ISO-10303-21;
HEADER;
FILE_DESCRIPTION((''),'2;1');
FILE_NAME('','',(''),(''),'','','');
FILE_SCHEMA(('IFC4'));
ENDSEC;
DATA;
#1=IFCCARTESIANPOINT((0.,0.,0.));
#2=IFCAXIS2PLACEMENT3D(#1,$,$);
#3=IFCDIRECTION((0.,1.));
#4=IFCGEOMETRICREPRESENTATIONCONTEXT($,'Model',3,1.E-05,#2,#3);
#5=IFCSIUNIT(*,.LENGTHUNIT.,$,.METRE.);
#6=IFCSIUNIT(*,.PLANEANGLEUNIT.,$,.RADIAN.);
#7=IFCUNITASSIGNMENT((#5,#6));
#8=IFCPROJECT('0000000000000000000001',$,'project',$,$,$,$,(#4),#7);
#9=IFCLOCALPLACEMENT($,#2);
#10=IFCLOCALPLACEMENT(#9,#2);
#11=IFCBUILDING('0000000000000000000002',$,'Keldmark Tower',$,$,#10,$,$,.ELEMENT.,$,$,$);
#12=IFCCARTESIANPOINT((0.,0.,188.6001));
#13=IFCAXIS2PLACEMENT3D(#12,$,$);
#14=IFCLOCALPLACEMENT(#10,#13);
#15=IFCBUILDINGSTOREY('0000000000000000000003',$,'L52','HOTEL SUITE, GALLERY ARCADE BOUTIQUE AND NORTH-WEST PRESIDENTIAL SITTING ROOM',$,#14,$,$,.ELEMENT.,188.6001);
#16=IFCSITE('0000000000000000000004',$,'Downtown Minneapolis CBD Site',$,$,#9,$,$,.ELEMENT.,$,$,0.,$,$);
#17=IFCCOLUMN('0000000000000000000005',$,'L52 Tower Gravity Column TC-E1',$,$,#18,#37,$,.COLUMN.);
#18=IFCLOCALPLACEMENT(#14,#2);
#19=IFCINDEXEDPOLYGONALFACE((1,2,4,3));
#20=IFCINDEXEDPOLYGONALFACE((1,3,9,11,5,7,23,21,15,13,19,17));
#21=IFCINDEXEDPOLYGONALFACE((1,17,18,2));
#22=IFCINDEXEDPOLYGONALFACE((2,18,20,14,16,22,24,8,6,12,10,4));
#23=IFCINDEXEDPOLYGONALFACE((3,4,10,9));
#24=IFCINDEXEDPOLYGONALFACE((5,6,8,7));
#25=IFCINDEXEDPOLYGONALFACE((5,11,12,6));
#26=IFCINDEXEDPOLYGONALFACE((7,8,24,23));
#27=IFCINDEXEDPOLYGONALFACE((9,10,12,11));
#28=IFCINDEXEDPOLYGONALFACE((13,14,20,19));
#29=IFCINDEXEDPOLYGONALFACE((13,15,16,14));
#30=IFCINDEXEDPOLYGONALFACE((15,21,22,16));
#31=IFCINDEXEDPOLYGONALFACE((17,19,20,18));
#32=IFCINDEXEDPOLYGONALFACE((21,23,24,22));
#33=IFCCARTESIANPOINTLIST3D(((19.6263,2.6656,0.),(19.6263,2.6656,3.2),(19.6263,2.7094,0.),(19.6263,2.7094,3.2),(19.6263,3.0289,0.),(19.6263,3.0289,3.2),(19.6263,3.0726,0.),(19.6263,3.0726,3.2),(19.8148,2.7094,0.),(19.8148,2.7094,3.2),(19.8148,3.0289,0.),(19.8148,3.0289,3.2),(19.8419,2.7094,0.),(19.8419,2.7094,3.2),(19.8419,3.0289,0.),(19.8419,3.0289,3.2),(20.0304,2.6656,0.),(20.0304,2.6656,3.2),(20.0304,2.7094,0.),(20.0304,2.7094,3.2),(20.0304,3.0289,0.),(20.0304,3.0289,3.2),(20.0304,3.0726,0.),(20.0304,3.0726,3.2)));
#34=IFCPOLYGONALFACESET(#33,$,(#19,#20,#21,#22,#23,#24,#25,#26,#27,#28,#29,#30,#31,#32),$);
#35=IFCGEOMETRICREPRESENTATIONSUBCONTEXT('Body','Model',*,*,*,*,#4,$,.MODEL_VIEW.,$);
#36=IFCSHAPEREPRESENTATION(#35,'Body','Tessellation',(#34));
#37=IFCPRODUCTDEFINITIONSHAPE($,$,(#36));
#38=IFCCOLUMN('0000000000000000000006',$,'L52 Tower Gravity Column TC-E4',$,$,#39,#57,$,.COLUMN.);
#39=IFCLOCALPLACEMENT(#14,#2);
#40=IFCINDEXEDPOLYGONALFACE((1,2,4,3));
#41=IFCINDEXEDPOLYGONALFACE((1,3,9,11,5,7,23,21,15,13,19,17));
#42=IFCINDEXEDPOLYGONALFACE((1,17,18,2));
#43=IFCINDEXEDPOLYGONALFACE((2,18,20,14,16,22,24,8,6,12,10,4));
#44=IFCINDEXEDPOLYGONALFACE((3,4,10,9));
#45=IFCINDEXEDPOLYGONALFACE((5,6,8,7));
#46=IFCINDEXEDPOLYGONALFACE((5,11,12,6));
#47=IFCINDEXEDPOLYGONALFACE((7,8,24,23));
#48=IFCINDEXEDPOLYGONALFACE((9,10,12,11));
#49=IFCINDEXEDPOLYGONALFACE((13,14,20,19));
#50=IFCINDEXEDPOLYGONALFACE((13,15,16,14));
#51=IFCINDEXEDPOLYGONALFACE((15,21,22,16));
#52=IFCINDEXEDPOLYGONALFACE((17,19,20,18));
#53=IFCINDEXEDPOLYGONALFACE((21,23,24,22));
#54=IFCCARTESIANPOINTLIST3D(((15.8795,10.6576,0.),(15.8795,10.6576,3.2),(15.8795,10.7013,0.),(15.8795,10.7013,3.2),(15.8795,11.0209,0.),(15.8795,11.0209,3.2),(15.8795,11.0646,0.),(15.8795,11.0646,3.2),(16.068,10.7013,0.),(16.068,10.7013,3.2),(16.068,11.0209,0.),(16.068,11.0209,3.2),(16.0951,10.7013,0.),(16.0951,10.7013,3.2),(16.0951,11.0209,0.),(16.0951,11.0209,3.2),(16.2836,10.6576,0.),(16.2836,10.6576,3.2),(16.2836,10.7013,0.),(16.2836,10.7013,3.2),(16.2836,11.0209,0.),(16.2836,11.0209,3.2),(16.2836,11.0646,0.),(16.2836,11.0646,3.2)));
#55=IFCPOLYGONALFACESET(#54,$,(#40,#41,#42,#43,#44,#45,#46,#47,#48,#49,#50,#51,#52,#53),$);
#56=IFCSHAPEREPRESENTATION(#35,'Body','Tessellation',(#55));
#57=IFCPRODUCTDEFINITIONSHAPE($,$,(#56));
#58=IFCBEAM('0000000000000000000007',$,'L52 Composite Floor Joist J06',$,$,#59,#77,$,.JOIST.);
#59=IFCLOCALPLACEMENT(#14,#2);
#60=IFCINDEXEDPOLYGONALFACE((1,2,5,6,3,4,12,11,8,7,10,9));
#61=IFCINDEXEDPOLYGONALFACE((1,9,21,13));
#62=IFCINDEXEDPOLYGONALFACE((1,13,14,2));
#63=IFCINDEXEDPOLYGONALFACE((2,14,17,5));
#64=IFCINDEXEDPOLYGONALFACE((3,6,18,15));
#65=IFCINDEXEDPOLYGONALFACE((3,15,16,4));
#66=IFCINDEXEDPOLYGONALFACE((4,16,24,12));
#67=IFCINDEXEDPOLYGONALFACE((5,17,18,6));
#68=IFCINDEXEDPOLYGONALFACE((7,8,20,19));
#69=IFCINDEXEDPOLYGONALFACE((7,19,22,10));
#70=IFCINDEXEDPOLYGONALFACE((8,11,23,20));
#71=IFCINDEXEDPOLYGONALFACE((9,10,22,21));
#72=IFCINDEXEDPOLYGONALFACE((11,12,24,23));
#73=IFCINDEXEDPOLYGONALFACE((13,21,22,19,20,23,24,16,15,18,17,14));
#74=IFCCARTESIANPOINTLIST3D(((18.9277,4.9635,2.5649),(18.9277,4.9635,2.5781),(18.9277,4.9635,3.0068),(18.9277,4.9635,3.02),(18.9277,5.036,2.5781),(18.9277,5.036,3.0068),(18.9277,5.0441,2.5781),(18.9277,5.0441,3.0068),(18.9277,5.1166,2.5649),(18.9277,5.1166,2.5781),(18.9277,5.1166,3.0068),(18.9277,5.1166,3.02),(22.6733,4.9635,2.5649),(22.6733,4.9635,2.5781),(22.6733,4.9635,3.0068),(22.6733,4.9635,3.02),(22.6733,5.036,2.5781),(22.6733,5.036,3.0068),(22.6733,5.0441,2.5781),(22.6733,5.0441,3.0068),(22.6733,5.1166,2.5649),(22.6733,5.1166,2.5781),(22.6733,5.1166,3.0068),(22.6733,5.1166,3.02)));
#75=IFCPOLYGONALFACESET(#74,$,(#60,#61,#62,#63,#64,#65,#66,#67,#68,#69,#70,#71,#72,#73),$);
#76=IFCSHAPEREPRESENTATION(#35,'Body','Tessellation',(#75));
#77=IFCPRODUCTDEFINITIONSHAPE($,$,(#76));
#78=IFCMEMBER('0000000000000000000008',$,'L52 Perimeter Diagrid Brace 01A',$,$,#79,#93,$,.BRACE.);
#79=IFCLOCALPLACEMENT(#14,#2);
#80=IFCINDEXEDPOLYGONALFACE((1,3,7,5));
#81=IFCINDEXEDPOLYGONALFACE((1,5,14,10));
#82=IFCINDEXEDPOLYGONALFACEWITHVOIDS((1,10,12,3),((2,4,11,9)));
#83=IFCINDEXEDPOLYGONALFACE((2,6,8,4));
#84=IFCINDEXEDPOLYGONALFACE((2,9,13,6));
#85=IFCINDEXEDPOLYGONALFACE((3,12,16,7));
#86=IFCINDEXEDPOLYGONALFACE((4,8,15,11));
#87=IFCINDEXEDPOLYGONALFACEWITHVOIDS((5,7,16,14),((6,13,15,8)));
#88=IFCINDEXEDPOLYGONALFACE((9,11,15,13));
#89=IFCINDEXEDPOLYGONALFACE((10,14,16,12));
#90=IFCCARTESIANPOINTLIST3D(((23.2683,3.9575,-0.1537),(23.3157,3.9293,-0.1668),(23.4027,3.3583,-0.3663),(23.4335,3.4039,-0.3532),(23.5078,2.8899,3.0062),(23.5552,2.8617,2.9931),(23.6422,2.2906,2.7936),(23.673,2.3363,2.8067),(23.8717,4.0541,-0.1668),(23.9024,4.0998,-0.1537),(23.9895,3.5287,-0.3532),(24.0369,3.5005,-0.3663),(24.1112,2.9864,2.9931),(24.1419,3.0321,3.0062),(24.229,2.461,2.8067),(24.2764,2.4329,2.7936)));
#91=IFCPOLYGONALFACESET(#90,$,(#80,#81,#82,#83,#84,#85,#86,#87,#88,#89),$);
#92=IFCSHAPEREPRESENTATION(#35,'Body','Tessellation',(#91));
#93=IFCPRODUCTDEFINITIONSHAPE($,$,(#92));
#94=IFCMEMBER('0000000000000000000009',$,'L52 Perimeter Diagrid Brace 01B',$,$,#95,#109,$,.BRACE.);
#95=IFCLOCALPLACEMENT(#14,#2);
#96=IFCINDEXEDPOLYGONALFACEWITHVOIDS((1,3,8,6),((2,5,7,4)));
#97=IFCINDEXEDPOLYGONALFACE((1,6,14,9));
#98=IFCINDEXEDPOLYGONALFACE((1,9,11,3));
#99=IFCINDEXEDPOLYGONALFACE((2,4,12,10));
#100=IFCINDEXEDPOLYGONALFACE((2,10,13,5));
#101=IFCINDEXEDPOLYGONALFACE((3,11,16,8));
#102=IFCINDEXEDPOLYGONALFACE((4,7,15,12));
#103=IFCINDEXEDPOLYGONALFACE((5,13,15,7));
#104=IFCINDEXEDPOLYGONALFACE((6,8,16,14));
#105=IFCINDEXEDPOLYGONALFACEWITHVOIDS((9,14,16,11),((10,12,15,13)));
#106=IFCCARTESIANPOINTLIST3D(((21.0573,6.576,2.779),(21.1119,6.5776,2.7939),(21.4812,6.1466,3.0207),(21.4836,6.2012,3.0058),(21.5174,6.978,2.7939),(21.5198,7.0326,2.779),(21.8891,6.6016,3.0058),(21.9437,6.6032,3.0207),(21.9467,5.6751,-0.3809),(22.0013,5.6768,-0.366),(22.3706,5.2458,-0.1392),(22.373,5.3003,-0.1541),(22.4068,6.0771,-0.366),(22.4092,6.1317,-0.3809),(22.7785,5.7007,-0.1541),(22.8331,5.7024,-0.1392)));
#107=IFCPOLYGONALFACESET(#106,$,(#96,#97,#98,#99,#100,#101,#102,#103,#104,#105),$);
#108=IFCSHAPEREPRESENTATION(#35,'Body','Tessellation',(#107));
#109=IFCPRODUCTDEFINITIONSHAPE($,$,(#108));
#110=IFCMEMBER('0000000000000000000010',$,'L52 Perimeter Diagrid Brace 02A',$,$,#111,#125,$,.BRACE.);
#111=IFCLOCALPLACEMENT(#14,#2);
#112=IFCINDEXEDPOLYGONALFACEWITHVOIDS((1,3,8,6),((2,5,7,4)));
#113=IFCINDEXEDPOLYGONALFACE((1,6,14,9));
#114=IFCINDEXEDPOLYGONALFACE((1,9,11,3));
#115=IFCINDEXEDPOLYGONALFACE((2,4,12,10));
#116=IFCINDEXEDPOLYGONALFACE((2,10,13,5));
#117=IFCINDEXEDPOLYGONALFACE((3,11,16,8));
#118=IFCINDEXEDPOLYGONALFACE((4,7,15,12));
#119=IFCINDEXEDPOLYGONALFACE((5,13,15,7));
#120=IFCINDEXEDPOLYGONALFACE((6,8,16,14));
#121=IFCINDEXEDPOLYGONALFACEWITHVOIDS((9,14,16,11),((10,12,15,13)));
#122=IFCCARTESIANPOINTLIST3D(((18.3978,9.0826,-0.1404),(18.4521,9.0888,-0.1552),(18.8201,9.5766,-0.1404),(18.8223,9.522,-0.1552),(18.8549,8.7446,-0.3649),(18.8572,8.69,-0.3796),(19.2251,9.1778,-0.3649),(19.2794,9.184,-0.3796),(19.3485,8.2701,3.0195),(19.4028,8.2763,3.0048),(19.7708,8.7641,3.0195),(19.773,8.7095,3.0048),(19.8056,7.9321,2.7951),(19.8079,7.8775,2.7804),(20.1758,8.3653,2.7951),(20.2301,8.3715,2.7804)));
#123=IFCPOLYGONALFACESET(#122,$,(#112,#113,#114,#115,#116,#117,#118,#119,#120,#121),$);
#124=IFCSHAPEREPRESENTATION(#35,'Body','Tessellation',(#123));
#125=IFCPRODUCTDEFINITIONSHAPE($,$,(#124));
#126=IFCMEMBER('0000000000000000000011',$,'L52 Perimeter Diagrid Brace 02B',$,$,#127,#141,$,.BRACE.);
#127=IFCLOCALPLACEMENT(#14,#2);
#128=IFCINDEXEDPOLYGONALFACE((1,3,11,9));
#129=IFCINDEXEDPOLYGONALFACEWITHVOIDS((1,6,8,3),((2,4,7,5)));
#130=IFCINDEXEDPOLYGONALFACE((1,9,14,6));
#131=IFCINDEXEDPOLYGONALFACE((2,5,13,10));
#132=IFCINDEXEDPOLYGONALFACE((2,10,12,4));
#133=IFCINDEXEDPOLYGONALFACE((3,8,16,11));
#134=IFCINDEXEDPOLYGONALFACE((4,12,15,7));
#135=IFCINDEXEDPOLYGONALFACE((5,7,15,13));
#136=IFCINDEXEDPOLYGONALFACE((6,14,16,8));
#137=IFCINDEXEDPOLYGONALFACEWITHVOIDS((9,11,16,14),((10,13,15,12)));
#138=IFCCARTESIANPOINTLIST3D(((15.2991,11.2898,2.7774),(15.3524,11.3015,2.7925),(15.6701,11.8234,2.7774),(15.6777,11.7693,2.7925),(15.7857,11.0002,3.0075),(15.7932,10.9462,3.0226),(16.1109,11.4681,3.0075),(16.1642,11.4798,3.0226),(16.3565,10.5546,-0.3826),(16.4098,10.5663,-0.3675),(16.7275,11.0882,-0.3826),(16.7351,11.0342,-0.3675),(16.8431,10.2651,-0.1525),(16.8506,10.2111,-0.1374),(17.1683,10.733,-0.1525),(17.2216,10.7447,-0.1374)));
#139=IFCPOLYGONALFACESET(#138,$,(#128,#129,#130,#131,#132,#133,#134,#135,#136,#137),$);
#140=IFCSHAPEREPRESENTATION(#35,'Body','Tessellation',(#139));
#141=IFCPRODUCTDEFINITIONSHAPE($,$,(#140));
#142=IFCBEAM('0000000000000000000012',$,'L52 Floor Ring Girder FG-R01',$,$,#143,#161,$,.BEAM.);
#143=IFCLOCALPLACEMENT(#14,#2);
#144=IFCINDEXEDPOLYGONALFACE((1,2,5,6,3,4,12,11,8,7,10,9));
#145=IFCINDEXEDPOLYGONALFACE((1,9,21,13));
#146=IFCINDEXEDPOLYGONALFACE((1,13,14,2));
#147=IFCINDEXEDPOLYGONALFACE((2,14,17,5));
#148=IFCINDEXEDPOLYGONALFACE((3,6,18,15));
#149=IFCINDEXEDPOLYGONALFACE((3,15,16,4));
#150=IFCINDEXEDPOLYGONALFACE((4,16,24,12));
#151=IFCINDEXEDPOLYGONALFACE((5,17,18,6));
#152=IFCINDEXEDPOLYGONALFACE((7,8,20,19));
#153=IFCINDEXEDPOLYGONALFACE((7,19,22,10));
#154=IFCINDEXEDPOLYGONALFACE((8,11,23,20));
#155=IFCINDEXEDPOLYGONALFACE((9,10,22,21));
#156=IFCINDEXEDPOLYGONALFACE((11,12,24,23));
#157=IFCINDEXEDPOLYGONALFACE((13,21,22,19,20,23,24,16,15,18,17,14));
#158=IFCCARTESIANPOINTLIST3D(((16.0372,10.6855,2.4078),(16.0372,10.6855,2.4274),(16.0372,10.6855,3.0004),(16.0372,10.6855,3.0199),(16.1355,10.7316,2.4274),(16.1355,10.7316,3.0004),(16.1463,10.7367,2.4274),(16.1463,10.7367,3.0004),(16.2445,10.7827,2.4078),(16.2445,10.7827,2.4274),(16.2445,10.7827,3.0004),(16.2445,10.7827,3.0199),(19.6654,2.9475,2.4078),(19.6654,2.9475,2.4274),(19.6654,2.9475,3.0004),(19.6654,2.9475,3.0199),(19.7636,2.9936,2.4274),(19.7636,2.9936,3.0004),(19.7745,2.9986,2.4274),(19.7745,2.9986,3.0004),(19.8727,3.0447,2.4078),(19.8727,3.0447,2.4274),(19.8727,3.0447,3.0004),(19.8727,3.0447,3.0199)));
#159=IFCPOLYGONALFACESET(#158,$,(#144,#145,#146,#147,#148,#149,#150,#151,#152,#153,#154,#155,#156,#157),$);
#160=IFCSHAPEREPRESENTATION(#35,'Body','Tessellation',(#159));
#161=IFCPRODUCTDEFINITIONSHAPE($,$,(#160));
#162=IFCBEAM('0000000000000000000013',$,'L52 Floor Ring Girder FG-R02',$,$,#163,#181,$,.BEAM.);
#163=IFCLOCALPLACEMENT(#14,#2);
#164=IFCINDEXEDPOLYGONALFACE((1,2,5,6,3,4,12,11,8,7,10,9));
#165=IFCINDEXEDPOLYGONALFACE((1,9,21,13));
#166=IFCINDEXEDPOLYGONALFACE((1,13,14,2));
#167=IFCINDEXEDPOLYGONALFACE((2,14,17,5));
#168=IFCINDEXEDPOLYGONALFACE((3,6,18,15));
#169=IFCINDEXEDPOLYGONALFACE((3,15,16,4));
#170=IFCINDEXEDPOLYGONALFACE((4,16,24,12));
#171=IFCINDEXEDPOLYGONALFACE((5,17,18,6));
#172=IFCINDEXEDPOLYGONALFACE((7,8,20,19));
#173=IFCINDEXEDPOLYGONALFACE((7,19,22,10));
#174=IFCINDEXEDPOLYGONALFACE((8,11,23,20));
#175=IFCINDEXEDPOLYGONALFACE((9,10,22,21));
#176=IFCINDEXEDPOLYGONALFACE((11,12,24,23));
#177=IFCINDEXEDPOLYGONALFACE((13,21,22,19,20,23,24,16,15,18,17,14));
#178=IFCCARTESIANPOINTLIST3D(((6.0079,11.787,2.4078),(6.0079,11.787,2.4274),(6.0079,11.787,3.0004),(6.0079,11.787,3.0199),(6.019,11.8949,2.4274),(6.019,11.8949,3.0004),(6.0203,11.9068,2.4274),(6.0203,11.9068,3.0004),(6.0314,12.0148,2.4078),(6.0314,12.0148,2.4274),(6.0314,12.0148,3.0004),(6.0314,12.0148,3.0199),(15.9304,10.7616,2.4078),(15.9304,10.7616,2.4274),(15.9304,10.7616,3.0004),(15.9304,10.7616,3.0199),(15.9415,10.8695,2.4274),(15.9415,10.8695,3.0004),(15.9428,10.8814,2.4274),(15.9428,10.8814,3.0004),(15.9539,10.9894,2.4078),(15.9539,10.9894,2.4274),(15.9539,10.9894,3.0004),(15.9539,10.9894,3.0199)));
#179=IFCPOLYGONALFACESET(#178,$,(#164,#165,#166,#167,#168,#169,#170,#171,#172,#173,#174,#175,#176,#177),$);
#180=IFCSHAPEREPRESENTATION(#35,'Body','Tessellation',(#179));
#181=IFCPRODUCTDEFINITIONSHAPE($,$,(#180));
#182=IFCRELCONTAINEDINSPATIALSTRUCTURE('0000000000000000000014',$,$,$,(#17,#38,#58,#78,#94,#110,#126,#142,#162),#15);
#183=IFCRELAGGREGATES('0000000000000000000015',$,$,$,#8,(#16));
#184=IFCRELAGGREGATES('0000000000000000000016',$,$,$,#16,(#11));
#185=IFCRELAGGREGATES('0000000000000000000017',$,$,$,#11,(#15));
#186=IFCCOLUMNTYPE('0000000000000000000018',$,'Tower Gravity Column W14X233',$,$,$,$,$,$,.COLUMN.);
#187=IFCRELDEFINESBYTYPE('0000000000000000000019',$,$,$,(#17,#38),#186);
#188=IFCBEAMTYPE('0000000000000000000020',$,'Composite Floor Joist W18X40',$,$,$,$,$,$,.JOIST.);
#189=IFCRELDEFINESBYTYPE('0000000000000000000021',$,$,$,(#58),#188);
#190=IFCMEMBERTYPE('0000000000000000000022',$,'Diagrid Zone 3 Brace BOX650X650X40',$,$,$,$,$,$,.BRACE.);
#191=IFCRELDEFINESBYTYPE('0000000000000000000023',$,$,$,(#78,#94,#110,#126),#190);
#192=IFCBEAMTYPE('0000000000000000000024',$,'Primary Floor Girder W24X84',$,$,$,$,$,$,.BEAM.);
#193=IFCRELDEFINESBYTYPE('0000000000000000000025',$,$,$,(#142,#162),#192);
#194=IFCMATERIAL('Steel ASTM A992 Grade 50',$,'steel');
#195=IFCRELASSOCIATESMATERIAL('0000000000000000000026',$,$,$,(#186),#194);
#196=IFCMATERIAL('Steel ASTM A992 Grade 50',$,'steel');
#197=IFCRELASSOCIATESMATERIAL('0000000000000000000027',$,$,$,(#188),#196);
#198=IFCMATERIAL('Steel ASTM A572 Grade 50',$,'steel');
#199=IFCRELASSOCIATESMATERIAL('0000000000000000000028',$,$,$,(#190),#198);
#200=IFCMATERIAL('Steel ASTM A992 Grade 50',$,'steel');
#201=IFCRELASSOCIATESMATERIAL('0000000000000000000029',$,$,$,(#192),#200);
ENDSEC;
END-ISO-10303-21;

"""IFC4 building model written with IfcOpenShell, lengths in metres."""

from ifc_helpers import new_model, si_unit, direction, frame, origin, origin_2d, place, context, subcontext, project, spatial, hollow_rectangle, i_section, extrude, material, material_profile, profile_set, type_object, element, save


model = new_model("IFC4")

# Units and contexts
model_context = context("Model", 3, precision=1e-05, world=origin(), true_north=direction((0.0, 1.0)))
body_context = subcontext(model_context, "Body", "Model", "MODEL_VIEW")
ifc_project = project(units=[si_unit("LENGTHUNIT", "METRE"), si_unit("PLANEANGLEUNIT", "RADIAN")], contexts=[model_context])

# Site, building, storey
site_placement = place(None, origin())
site = spatial("IfcSite", under=ifc_project, at=site_placement, Name="Downtown Minneapolis CBD Site", CompositionType="ELEMENT", RefElevation=0.0)
building_placement = place(site_placement, origin())
building = spatial("IfcBuilding", under=site, at=building_placement, Name="Keldmark Tower", CompositionType="ELEMENT")
storey_placement = place(building_placement, frame((0.0, 0.0, 188.6001)))
storey = spatial("IfcBuildingStorey", under=building, at=storey_placement, Name="L52", Description="HOTEL SUITE, GALLERY ARCADE BOUTIQUE AND NORTH-WEST PRESIDENTIAL SITTING ROOM", CompositionType="ELEMENT", Elevation=188.6001)

# Columns
ifc_material_1 = material(Name="Steel ASTM A992 Grade 50", Category="steel")
ifc_material_profile_1 = material_profile(ifc_material_1, i_section(OverallWidth=0.4041, OverallDepth=0.407, WebThickness=0.0271, FlangeThickness=0.0437, at=origin_2d()), Name="W14X233")
ifc_profile_set_1 = profile_set([ifc_material_profile_1], Name="Steel ASTM A992 Grade 50")
column_type = type_object("IfcColumnType", Name="Tower Gravity Column W14X233", PredefinedType="COLUMN", material=ifc_profile_set_1)
for number, where, z_axis, x_axis, name in (
    (1, (19.8284, 2.8691, 0.0), (0.0, 0.0, 1.0), (1.0, 0.0, 0.0), "L52 Tower Gravity Column TC-E1"),
    (2, (16.0815, 10.8611, 0.0), (0.0, 0.0, 1.0), (1.0, 0.0, 0.0), "L52 Tower Gravity Column TC-E4"),
):
    element("IfcColumn", number, at=place(storey_placement, frame(where, z_axis=z_axis, x_axis=x_axis)), inside=storey, type_object=column_type, Name=name, PredefinedType="COLUMN", context=body_context, shape_type="SweptSolid", body=[
        extrude(i_section(OverallWidth=0.4041, OverallDepth=0.407, WebThickness=0.0271, FlangeThickness=0.0437, at=origin_2d()), origin(), (0.0, 0.0, 1.0), 3.2),
    ])

# Beam
ifc_material_2 = material(Name="Steel ASTM A992 Grade 50", Category="steel")
ifc_material_profile_2 = material_profile(ifc_material_2, i_section(OverallWidth=0.1531, OverallDepth=0.4551, WebThickness=0.0081, FlangeThickness=0.0132, at=origin_2d()), Name="W18X40")
ifc_profile_set_2 = profile_set([ifc_material_profile_2], Name="Steel ASTM A992 Grade 50")
beam_type_1 = type_object("IfcBeamType", Name="Composite Floor Joist W18X40", PredefinedType="JOIST", material=ifc_profile_set_2)
beam_1_placement = place(storey_placement, frame((18.9277, 5.04, 2.7925), z_axis=(1.0, 0.0, 0.0), x_axis=(0.0, 1.0, 0.0)))
element("IfcBeam", 3, at=beam_1_placement, inside=storey, type_object=beam_type_1, Name="L52 Composite Floor Joist J06", PredefinedType="JOIST", context=body_context, shape_type="SweptSolid", body=[
    extrude(i_section(OverallWidth=0.1531, OverallDepth=0.4551, WebThickness=0.0081, FlangeThickness=0.0132, at=origin_2d()), origin(), (0.0, 0.0, 1.0), 3.7456),
])

# Members
ifc_material_3 = material(Name="Steel ASTM A572 Grade 50", Category="steel")
ifc_material_profile_3 = material_profile(ifc_material_3, hollow_rectangle(XDim=0.6499, YDim=0.6499, WallThickness=0.04, at=origin_2d()), Name="BOX650X650X40")
ifc_profile_set_3 = profile_set([ifc_material_profile_3], Name="Steel ASTM A572 Grade 50")
member_type = type_object("IfcMemberType", Name="Diagrid Zone 3 Brace BOX650X650X40", PredefinedType="BRACE", material=ifc_profile_set_3)
member_1_placement = place(storey_placement, frame((23.6526, 3.729, -0.26), z_axis=(0.071622, -0.319268, 0.944954), x_axis=(0.975749, 0.218891, 0.0)))
element("IfcMember", 4, at=member_1_placement, inside=storey, type_object=member_type, Name="L52 Perimeter Diagrid Brace 01A", PredefinedType="BRACE", context=body_context, shape_type="SweptSolid", body=[
    extrude(hollow_rectangle(XDim=0.6499, YDim=0.6499, WallThickness=0.04, at=origin_2d()), origin(), (0.0, 0.0, 1.0), 3.344),
])
member_2_placement = place(storey_placement, frame((22.3899, 5.6887, -0.26), z_axis=(-0.261277, 0.264648, 0.928276), x_axis=(-0.711624, -0.70256, 0.0)))
element("IfcMember", 5, at=member_2_placement, inside=storey, type_object=member_type, Name="L52 Perimeter Diagrid Brace 01B", PredefinedType="BRACE", context=body_context, shape_type="SweptSolid", body=[
    extrude(hollow_rectangle(XDim=0.6499, YDim=0.6499, WallThickness=0.04, at=origin_2d()), origin(), (0.0, 0.0, 1.0), 3.4041),
])
member_3_placement = place(storey_placement, frame((18.8386, 9.1333, -0.26), z_axis=(0.279746, -0.239084, 0.929828), x_axis=(0.649697, 0.760193, 0.0)))
element("IfcMember", 6, at=member_3_placement, inside=storey, type_object=member_type, Name="L52 Perimeter Diagrid Brace 02A", PredefinedType="BRACE", context=body_context, shape_type="SweptSolid", body=[
    extrude(hollow_rectangle(XDim=0.6499, YDim=0.6499, WallThickness=0.04, at=origin_2d()), origin(), (0.0, 0.0, 1.0), 3.3984),
])
member_4_placement = place(storey_placement, frame((16.7891, 10.6497, -0.26), z_axis=(-0.309875, 0.215432, 0.926049), x_axis=(-0.570826, -0.821071, 0.0)))
element("IfcMember", 7, at=member_4_placement, inside=storey, type_object=member_type, Name="L52 Perimeter Diagrid Brace 02B", PredefinedType="BRACE", context=body_context, shape_type="SweptSolid", body=[
    extrude(hollow_rectangle(XDim=0.6499, YDim=0.6499, WallThickness=0.04, at=origin_2d()), origin(), (0.0, 0.0, 1.0), 3.4124),
])

# Beams
ifc_material_4 = material(Name="Steel ASTM A992 Grade 50", Category="steel")
ifc_material_profile_4 = material_profile(ifc_material_4, i_section(OverallWidth=0.229, OverallDepth=0.6121, WebThickness=0.012, FlangeThickness=0.0195, at=origin_2d()), Name="W24X84")
ifc_profile_set_4 = profile_set([ifc_material_profile_4], Name="Steel ASTM A992 Grade 50")
beam_type_2 = type_object("IfcBeamType", Name="Primary Floor Girder W24X84", PredefinedType="BEAM", material=ifc_profile_set_4)
beam_2_placement = place(storey_placement, frame((19.769, 2.9961, 2.7139), z_axis=(-0.424527, 0.905415, 0.0), x_axis=(-0.905415, -0.424527, 0.0)))
element("IfcBeam", 8, at=beam_2_placement, inside=storey, type_object=beam_type_2, Name="L52 Floor Ring Girder FG-R01", PredefinedType="BEAM", context=body_context, shape_type="SweptSolid", body=[
    extrude(i_section(OverallWidth=0.229, OverallDepth=0.6121, WebThickness=0.012, FlangeThickness=0.0195, at=origin_2d()), origin(), (0.0, 0.0, 1.0), 8.5464),
])
beam_3_placement = place(storey_placement, frame((15.9421, 10.8755, 2.7139), z_axis=(-0.994703, 0.102791, 0.0), x_axis=(-0.102791, -0.994703, 0.0)))
element("IfcBeam", 9, at=beam_3_placement, inside=storey, type_object=beam_type_2, Name="L52 Floor Ring Girder FG-R02", PredefinedType="BEAM", context=body_context, shape_type="SweptSolid", body=[
    extrude(i_section(OverallWidth=0.229, OverallDepth=0.6121, WebThickness=0.012, FlangeThickness=0.0195, at=origin_2d()), origin(), (0.0, 0.0, 1.0), 9.9753),
])

save(model, "model.ifc")
